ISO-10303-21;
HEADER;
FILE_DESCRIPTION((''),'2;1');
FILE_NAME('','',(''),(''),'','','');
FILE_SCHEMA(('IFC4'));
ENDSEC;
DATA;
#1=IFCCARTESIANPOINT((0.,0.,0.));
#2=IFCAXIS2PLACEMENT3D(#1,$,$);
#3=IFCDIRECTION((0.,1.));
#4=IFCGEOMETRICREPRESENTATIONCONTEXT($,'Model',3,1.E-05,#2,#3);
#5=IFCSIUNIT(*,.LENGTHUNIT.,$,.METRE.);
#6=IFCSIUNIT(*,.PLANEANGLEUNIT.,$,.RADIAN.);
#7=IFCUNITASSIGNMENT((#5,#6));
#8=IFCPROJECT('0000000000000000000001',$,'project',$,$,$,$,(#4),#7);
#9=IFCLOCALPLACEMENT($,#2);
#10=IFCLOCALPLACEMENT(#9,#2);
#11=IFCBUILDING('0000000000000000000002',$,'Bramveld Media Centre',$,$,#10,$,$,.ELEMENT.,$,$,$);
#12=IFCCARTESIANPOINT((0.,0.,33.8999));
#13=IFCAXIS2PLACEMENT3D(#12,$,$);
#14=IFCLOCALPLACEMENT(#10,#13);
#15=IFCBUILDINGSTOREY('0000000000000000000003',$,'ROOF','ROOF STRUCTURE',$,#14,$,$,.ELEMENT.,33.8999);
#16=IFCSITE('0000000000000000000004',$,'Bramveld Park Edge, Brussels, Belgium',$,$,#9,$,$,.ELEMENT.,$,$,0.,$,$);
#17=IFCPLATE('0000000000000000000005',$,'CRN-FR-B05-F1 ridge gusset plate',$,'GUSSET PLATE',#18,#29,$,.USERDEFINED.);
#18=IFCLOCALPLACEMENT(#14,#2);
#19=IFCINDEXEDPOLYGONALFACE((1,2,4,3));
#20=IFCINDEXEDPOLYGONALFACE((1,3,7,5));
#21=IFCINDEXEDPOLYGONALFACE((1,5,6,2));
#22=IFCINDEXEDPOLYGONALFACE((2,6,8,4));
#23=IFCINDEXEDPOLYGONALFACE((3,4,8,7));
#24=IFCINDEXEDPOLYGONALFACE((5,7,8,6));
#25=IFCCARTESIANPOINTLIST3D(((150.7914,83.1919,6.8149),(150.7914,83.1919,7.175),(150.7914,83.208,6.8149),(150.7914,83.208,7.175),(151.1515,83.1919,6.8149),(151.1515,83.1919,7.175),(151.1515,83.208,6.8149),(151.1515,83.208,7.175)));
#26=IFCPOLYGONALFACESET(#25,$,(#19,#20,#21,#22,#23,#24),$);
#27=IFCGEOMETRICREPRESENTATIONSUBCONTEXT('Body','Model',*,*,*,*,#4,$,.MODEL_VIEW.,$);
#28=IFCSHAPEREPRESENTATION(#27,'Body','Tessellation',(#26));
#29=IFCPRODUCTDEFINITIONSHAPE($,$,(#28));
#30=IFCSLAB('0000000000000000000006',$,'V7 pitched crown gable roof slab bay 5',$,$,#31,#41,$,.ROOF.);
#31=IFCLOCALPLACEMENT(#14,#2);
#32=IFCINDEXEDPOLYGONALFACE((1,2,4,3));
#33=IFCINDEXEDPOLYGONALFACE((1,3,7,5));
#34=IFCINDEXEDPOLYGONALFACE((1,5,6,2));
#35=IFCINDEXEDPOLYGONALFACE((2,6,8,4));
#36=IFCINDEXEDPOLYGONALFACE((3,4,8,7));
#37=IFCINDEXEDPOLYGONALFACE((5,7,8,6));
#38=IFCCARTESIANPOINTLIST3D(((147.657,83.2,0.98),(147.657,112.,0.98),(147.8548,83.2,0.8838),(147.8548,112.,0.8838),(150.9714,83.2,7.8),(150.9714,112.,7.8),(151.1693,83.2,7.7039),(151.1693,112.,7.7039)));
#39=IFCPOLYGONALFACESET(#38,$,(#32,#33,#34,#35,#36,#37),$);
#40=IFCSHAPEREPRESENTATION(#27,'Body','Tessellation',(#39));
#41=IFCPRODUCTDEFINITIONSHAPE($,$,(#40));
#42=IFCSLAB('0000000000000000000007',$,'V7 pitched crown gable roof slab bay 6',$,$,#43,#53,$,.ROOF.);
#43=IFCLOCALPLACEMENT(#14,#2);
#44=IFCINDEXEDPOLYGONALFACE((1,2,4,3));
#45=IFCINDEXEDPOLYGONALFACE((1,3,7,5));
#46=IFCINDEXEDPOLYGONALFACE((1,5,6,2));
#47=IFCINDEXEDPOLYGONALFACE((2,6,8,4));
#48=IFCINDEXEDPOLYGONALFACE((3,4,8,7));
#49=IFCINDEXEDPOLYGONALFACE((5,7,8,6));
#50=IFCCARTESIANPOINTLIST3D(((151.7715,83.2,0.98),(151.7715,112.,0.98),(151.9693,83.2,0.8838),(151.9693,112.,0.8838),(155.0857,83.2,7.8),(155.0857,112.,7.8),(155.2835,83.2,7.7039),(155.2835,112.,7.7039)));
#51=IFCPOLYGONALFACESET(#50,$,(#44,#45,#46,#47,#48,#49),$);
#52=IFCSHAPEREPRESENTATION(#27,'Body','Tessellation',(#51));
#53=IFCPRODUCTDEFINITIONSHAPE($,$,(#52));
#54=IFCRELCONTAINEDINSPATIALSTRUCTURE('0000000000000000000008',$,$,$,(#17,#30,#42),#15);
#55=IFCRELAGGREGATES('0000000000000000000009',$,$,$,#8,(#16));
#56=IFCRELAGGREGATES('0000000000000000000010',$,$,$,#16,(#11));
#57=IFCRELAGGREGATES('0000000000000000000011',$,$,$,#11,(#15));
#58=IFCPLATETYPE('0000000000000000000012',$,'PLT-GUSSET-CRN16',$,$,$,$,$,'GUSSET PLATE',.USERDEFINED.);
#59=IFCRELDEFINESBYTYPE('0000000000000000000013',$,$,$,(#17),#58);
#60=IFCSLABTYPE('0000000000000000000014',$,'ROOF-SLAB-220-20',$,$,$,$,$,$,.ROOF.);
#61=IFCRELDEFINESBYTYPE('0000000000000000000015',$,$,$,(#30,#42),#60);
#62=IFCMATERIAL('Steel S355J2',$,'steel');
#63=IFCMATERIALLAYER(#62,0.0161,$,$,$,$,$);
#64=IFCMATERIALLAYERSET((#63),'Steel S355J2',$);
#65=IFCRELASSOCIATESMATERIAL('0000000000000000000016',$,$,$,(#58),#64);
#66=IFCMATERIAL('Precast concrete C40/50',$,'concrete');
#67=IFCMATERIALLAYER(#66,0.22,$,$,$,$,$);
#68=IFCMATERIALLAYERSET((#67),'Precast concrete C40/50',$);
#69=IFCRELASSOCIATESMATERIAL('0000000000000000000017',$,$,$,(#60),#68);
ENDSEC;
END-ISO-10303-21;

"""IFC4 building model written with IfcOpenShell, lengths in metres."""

from ifc_helpers import new_model, si_unit, direction, frame, origin, origin_2d, place, context, subcontext, project, spatial, polyline, rectangle, outline, extrude, material, layer, layer_set, type_object, element, save


model = new_model("IFC4")

# Units and contexts
model_context = context("Model", 3, precision=1e-05, world=origin(), true_north=direction((0.0, 1.0)))
body_context = subcontext(model_context, "Body", "Model", "MODEL_VIEW")
ifc_project = project(units=[si_unit("LENGTHUNIT", "METRE"), si_unit("PLANEANGLEUNIT", "RADIAN")], contexts=[model_context])

# Site, building, storey
site_placement = place(None, origin())
site = spatial("IfcSite", under=ifc_project, at=site_placement, Name="Bramveld Park Edge, Brussels, Belgium", CompositionType="ELEMENT", RefElevation=0.0)
building_placement = place(site_placement, origin())
building = spatial("IfcBuilding", under=site, at=building_placement, Name="Bramveld Media Centre", CompositionType="ELEMENT")
storey_placement = place(building_placement, frame((0.0, 0.0, 33.8999)))
storey = spatial("IfcBuildingStorey", under=building, at=storey_placement, Name="ROOF", Description="ROOF STRUCTURE", CompositionType="ELEMENT", Elevation=33.8999)

# Plate
ifc_material_1 = material(Name="Steel S355J2", Category="steel")
ifc_layer_1 = layer(ifc_material_1, 0.0161)
ifc_layer_set_1 = layer_set([ifc_layer_1], Name="Steel S355J2")
plate_type_1 = type_object("IfcPlateType", Name="PLT-GUSSET-CRN16", ElementType="GUSSET PLATE", PredefinedType="USERDEFINED", material=ifc_layer_set_1)
plate_1_placement = place(storey_placement, frame((150.9714, 83.2, 6.8149), z_axis=(0.0, 0.0, 1.0), x_axis=(1.0, 0.0, 0.0)))
element("IfcPlate", 1, at=plate_1_placement, inside=storey, type_object=plate_type_1, Name="CRN-FR-B05-F1 ridge gusset plate", ObjectType="GUSSET PLATE", PredefinedType="USERDEFINED", context=body_context, shape_type="SweptSolid", body=[
    extrude(rectangle(XDim=0.3601, YDim=0.0161, at=origin_2d()), origin(), (0.0, 0.0, 1.0), 0.3601),
])

# Slabs
ifc_material_2 = material(Name="Precast concrete C40/50", Category="concrete")
ifc_layer_2 = layer(ifc_material_2, 0.22)
ifc_layer_set_2 = layer_set([ifc_layer_2], Name="Precast concrete C40/50")
slab_type = type_object("IfcSlabType", Name="ROOF-SLAB-220-20", PredefinedType="ROOF", material=ifc_layer_set_2)
slab_1_placement = place(storey_placement, frame((147.657, 83.2, 0.98), z_axis=(-0.899412, 0.0, 0.437101), x_axis=(0.437101, 0.0, 0.899412)))
element("IfcSlab", 2, at=slab_1_placement, inside=storey, type_object=slab_type, Name="V7 pitched crown gable roof slab bay 5", PredefinedType="ROOF", context=body_context, shape_type="SweptSolid", body=[
    extrude(outline(polyline([(0.0, 0.0), (7.5828, 0.0), (7.5828, 28.8), (0.0, 28.8), (0.0, 0.0)])), origin(), (0.0, 0.0, -1.0), 0.22),
])
slab_2_placement = place(storey_placement, frame((151.7715, 83.2, 0.98), z_axis=(-0.899425, 0.0, 0.437075), x_axis=(0.437075, 0.0, 0.899425)))
element("IfcSlab", 3, at=slab_2_placement, inside=storey, type_object=slab_type, Name="V7 pitched crown gable roof slab bay 6", PredefinedType="ROOF", context=body_context, shape_type="SweptSolid", body=[
    extrude(outline(polyline([(0.0, 0.0), (7.5827, 0.0), (7.5827, 28.8), (0.0, 28.8), (0.0, 0.0)])), origin(), (0.0, 0.0, -1.0), 0.22),
])

save(model, "model.ifc")
